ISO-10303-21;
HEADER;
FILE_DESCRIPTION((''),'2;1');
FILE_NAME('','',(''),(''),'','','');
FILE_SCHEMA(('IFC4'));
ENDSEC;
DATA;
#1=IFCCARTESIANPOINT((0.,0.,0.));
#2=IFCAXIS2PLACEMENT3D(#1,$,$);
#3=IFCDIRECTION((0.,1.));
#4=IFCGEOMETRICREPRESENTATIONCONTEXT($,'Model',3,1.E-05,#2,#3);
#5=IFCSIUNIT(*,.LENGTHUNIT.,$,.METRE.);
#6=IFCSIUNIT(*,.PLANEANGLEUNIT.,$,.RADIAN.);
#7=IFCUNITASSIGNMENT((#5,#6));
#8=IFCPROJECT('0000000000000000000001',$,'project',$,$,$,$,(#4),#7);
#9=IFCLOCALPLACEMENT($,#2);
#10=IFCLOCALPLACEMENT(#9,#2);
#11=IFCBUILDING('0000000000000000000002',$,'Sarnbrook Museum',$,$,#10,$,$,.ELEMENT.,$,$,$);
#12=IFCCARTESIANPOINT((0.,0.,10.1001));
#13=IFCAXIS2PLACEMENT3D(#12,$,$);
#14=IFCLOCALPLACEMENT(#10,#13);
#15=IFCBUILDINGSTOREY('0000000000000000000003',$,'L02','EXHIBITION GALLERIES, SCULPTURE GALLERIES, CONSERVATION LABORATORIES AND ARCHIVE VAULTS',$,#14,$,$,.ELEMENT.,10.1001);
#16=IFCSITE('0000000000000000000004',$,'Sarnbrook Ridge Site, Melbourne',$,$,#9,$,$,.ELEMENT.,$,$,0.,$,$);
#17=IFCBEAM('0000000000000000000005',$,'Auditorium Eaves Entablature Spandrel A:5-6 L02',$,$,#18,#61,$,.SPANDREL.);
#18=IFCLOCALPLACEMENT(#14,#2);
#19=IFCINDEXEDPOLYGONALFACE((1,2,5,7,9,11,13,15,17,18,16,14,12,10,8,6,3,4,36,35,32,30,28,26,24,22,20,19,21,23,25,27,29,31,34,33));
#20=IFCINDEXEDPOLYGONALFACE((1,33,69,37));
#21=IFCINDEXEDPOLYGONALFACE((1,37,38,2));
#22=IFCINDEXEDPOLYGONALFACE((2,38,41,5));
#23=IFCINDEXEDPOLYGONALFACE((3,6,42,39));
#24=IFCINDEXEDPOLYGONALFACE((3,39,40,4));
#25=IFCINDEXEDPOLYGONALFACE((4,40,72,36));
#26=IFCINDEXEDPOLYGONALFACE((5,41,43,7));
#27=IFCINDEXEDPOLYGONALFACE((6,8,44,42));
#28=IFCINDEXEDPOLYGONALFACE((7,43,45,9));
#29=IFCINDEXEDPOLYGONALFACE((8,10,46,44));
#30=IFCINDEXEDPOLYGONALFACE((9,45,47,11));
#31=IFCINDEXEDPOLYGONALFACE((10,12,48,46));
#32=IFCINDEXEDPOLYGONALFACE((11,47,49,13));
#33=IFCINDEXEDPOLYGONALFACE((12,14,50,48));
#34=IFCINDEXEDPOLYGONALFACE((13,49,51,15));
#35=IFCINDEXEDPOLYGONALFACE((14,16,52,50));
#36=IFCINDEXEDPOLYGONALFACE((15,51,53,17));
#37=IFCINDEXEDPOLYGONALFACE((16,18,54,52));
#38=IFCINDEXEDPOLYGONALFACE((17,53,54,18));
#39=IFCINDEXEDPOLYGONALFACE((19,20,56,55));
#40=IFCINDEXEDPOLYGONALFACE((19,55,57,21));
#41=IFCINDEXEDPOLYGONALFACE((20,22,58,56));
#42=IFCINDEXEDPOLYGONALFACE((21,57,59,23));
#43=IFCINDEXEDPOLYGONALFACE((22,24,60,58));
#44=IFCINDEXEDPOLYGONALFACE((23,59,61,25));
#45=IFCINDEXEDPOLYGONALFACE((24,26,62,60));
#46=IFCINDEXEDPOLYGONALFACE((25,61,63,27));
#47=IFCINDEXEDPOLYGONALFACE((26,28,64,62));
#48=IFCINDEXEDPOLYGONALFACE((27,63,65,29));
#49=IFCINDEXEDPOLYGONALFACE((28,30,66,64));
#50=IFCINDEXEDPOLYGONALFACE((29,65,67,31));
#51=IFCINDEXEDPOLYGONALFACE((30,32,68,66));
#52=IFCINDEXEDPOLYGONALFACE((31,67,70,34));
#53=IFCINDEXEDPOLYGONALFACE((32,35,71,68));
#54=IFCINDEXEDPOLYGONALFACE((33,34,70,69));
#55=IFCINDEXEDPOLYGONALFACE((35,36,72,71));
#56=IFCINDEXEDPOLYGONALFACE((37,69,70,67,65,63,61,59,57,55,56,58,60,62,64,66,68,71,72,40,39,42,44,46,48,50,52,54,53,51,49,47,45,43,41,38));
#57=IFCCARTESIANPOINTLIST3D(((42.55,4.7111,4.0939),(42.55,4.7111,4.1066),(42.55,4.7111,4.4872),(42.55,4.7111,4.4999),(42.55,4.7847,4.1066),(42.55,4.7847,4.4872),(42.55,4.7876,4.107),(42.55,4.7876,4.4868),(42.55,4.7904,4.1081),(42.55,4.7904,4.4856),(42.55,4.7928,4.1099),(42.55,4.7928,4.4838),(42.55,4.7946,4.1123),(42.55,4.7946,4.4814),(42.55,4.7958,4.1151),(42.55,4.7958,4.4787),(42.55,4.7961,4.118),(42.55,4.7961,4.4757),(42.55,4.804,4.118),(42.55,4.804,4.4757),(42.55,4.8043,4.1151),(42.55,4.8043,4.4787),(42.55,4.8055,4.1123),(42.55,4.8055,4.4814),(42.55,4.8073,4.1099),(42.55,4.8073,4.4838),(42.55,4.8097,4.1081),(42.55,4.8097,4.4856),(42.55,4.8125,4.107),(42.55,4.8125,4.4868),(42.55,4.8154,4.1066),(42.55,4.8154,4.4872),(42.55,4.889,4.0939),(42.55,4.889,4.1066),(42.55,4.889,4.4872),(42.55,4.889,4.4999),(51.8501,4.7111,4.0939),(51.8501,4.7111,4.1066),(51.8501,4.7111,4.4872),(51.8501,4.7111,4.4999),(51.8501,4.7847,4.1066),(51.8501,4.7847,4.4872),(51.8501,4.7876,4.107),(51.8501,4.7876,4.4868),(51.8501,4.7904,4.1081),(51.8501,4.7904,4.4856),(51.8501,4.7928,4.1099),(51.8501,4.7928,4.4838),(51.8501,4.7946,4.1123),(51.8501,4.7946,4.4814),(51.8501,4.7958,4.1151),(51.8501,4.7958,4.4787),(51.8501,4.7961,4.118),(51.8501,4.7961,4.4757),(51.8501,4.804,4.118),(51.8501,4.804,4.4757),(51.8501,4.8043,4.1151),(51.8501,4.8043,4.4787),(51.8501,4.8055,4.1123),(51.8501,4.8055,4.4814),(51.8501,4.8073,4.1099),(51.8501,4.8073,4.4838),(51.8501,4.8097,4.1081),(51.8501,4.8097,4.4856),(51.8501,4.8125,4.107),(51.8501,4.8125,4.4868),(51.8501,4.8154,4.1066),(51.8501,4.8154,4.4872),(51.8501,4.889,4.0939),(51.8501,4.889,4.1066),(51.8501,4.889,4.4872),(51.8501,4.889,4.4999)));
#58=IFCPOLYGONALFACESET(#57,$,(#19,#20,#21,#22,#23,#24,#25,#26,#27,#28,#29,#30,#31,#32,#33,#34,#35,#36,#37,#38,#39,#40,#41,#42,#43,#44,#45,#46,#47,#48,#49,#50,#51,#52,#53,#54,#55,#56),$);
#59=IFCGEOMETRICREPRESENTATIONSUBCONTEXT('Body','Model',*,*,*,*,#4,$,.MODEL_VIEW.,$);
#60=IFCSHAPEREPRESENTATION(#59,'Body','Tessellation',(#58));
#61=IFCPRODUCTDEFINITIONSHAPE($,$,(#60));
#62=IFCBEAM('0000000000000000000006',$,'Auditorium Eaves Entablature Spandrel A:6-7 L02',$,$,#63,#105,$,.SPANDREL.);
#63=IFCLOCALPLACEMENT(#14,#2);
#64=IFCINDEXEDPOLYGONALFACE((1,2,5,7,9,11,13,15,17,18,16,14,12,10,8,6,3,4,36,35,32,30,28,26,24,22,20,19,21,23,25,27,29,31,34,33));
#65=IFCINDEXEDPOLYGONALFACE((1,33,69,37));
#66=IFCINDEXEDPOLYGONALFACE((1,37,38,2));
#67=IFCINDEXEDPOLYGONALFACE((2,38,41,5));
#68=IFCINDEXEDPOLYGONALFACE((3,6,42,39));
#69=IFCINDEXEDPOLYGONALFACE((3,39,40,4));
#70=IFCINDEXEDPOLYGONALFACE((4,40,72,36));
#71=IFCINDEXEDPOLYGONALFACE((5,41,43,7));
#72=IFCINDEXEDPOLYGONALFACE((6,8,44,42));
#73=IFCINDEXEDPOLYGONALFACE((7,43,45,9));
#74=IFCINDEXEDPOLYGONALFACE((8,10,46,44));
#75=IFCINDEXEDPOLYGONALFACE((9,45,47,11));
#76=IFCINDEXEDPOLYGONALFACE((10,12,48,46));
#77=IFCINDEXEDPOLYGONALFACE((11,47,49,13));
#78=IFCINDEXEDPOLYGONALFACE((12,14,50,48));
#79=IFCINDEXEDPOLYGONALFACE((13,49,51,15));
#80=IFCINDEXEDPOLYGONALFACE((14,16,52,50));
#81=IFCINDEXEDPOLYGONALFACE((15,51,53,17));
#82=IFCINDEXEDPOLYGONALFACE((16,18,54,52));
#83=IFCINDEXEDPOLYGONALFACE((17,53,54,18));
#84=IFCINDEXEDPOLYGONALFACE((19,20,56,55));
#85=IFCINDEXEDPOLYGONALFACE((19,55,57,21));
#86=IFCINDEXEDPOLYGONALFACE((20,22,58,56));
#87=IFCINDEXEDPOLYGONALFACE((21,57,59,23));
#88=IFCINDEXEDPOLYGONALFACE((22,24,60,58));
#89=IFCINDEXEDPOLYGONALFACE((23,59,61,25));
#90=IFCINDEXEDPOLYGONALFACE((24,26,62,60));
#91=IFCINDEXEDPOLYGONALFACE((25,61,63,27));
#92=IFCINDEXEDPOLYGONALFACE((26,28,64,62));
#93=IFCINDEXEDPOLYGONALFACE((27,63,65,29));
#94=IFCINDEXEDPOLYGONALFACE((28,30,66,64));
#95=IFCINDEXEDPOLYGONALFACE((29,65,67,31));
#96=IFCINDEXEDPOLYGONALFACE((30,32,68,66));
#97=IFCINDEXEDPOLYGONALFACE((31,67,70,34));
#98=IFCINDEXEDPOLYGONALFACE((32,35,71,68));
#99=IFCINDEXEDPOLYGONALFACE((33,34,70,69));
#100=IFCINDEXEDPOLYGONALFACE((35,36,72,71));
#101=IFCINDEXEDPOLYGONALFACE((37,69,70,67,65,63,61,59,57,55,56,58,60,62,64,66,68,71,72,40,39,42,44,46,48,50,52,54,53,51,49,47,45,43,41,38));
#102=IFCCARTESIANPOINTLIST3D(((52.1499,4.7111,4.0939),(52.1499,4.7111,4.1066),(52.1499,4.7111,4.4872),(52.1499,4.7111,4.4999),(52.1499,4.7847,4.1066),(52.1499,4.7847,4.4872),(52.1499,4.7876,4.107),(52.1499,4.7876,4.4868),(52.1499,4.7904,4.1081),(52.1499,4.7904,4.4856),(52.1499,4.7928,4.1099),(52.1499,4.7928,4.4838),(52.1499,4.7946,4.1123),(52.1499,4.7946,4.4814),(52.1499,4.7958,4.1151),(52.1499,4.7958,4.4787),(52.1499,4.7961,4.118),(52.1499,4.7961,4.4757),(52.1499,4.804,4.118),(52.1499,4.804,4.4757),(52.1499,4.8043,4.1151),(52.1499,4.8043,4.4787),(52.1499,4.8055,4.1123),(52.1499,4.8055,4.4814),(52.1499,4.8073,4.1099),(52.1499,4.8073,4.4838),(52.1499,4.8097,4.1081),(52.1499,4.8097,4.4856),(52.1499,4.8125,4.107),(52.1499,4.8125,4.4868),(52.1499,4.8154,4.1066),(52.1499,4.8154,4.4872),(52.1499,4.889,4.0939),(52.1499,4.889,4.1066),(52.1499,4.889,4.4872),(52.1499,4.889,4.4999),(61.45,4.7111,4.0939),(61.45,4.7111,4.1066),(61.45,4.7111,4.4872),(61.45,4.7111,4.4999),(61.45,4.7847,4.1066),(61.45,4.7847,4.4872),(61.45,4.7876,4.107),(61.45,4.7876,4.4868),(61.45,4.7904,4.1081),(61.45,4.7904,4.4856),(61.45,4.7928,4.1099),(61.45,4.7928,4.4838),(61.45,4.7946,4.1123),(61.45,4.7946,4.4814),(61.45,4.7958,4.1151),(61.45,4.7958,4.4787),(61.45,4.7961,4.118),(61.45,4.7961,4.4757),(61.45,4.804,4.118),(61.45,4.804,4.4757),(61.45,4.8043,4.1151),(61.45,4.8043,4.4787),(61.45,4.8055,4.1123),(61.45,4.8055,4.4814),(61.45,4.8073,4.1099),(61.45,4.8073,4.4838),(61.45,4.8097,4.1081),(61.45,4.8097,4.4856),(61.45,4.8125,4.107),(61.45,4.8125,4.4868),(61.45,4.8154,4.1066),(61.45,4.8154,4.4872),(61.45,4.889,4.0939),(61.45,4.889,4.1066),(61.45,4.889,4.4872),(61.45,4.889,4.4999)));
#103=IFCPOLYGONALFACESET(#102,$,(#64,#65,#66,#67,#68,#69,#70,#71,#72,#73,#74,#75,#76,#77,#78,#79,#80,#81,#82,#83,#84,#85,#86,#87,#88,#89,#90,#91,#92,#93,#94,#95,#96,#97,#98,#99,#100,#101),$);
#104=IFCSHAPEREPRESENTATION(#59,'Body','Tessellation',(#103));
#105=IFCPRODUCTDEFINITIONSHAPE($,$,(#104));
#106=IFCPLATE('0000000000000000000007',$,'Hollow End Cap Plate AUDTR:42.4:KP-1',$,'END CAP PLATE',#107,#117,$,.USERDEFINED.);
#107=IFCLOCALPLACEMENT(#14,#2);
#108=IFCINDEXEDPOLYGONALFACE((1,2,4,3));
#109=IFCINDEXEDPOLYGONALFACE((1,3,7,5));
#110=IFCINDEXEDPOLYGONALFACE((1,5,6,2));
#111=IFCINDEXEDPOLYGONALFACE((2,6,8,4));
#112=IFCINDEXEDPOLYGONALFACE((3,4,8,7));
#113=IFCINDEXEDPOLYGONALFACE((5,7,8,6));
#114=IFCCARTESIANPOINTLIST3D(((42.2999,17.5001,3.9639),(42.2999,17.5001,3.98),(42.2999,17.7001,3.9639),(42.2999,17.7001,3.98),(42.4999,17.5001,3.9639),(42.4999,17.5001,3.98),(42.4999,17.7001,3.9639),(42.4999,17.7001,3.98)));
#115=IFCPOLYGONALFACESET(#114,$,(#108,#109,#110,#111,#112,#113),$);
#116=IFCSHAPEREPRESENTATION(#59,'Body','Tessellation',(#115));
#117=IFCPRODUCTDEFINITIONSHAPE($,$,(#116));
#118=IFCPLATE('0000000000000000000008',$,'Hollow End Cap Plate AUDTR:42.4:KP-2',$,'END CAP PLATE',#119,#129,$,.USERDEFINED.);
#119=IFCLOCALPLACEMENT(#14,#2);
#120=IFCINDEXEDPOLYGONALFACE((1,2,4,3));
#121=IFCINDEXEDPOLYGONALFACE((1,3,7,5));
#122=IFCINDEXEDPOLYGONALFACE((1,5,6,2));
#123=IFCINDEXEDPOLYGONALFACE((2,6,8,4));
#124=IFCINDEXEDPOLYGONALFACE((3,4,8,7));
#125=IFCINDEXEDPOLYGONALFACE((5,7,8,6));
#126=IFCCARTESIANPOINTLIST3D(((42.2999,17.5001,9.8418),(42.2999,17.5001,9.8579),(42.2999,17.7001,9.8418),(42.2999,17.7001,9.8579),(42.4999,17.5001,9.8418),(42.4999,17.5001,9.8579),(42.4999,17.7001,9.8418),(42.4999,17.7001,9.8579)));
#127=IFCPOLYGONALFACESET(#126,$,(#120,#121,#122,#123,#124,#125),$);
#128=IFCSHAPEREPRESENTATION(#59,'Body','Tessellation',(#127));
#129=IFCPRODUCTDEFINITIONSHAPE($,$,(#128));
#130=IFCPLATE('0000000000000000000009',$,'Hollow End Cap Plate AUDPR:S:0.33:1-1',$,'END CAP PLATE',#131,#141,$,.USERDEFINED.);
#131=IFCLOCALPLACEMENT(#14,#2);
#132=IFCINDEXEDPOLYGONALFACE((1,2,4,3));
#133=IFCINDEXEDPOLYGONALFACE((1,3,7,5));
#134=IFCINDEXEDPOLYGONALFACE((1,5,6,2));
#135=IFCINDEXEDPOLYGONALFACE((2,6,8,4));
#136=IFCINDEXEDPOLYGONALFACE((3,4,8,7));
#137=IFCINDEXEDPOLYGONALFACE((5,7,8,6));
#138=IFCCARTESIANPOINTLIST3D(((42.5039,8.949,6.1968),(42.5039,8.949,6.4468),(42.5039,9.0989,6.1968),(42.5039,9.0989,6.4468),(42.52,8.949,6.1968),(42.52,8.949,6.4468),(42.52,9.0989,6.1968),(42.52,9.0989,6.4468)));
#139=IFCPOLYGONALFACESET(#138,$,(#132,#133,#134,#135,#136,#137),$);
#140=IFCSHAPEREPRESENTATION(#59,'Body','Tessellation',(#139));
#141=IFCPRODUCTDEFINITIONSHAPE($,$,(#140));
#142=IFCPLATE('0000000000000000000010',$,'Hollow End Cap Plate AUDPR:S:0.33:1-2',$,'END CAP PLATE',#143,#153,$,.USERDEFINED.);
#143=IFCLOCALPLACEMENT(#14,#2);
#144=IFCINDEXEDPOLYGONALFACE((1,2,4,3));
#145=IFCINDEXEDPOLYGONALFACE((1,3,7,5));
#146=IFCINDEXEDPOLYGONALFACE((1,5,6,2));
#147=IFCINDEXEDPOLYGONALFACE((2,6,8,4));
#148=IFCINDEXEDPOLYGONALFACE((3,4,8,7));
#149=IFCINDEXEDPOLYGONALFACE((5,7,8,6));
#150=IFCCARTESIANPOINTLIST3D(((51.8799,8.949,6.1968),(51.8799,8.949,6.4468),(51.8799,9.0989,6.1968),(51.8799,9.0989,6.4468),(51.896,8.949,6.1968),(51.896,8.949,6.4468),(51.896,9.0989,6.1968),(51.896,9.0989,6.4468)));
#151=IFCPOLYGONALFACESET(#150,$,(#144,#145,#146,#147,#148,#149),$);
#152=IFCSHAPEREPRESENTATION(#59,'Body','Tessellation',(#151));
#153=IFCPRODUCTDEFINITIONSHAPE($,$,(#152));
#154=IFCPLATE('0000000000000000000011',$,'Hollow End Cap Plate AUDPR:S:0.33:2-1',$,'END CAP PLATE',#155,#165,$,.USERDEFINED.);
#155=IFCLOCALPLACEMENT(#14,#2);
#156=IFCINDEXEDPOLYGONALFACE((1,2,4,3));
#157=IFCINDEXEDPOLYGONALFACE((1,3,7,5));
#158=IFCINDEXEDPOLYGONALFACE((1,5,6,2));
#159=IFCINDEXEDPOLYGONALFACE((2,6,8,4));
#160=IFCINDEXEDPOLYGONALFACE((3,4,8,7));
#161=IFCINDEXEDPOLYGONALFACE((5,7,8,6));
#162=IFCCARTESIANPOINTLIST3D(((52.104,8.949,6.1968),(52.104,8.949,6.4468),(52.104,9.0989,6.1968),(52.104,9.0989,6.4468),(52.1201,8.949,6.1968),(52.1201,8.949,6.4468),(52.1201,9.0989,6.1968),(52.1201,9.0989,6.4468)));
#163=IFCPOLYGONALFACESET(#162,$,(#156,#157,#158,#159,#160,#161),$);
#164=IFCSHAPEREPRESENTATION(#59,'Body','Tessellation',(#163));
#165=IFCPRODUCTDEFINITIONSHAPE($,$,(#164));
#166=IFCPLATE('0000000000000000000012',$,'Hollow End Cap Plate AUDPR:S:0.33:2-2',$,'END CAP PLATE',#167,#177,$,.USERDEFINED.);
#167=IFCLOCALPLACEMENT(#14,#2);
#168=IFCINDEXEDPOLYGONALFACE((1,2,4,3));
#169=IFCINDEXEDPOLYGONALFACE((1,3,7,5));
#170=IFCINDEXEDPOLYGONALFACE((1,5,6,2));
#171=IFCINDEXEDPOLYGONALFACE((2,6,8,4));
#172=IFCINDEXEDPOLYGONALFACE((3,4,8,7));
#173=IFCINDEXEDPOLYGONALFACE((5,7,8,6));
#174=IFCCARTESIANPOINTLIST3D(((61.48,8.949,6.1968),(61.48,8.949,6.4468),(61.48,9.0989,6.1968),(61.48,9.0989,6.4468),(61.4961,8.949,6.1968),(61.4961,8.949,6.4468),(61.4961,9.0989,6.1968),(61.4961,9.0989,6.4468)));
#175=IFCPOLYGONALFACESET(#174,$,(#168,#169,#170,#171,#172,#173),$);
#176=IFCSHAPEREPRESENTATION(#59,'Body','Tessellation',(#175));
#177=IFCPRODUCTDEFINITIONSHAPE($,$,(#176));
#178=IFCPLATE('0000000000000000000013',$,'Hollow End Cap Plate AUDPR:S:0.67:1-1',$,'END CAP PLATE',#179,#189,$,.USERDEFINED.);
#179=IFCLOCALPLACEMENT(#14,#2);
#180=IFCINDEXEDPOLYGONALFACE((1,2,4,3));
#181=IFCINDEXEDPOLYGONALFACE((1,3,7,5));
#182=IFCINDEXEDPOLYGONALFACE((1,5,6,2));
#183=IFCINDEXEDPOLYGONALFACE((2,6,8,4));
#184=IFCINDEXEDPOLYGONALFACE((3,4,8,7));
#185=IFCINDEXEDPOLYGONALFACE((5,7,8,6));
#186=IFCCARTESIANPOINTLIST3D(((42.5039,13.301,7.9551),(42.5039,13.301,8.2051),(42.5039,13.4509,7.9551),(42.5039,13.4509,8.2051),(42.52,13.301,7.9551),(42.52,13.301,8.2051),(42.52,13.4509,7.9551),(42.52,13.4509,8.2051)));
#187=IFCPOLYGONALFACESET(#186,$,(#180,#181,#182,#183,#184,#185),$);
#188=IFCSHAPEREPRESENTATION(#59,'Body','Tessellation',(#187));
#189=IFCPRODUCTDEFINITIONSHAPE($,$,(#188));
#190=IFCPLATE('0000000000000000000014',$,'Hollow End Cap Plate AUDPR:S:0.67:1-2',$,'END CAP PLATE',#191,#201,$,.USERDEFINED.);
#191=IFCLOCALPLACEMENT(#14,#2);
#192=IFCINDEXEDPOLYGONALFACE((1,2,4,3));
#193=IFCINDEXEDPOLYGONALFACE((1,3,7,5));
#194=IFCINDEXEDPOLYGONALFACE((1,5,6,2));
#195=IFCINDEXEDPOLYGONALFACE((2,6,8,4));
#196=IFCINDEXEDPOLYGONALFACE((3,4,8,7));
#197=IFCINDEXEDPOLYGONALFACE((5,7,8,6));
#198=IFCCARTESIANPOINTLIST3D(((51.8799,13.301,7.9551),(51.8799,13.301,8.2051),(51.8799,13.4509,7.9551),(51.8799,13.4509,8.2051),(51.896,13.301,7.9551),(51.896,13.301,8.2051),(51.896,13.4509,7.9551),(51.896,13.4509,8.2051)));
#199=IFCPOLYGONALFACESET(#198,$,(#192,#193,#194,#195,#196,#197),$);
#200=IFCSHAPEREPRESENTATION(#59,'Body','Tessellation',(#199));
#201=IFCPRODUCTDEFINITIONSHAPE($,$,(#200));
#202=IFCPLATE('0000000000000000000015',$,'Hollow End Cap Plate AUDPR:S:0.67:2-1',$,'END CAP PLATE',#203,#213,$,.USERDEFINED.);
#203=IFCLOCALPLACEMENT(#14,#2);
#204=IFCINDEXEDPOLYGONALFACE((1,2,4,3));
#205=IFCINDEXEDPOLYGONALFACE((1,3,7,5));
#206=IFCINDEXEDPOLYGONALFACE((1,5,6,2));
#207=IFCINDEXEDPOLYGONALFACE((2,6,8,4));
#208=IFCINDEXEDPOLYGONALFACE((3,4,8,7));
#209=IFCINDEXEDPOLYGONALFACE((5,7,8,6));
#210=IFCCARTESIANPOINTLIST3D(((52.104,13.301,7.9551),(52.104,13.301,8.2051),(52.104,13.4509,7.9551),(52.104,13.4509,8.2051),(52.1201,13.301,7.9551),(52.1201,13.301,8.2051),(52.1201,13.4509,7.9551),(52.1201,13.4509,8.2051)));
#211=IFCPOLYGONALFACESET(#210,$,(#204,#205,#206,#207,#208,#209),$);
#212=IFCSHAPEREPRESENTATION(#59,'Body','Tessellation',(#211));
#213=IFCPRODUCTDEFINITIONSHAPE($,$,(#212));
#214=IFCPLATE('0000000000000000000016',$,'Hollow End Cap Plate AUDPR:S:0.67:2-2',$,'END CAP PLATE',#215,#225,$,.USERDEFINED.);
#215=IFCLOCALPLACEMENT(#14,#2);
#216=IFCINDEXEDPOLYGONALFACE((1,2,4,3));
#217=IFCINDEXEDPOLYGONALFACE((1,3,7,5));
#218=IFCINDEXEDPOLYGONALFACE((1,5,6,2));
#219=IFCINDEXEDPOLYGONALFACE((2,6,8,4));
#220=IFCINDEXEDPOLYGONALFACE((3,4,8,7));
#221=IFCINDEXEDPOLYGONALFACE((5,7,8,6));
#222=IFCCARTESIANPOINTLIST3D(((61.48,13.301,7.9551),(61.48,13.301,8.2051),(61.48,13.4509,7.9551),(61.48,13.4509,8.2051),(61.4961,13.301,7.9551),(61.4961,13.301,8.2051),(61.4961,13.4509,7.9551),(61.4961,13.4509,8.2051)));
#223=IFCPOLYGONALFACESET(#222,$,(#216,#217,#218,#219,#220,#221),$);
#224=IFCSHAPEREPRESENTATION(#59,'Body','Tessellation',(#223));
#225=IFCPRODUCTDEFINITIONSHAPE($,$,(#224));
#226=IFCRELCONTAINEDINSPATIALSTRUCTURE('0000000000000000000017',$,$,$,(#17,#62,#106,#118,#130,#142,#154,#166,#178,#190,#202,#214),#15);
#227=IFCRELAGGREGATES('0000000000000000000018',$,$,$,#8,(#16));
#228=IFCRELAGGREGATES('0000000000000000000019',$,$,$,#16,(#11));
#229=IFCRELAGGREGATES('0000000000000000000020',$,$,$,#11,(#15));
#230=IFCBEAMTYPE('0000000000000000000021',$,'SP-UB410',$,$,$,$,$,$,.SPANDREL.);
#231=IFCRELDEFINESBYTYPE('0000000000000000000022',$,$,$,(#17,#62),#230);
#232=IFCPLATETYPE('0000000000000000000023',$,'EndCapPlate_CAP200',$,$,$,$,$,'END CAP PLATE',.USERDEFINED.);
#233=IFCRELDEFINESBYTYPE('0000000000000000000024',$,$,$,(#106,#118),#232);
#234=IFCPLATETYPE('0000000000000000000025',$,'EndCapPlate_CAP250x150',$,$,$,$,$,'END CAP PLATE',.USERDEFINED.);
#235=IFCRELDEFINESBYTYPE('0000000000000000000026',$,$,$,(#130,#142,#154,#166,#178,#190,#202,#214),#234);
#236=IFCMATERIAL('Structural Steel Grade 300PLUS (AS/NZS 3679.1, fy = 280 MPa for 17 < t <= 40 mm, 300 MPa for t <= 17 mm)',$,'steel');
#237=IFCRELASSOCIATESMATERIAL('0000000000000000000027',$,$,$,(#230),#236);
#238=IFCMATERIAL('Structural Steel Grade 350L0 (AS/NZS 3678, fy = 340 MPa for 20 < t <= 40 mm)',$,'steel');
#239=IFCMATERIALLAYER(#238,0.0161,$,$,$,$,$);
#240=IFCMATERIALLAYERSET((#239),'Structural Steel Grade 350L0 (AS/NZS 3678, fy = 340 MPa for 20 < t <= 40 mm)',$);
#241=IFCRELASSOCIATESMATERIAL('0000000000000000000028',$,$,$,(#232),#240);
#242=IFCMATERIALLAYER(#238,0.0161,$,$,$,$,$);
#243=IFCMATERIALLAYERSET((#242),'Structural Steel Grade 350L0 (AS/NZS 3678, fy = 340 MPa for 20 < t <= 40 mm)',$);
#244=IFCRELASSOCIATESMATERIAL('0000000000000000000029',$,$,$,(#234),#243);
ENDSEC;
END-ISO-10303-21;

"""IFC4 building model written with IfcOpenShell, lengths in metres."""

from ifc_helpers import new_model, si_unit, direction, frame, origin, origin_2d, place, context, subcontext, project, spatial, rectangle, i_section, extrude, material, layer, layer_set, material_profile, profile_set, type_object, element, save


model = new_model("IFC4")

# Units and contexts
model_context = context("Model", 3, precision=1e-05, world=origin(), true_north=direction((0.0, 1.0)))
body_context = subcontext(model_context, "Body", "Model", "MODEL_VIEW")
ifc_project = project(units=[si_unit("LENGTHUNIT", "METRE"), si_unit("PLANEANGLEUNIT", "RADIAN")], contexts=[model_context])

# Site, building, storey
site_placement = place(None, origin())
site = spatial("IfcSite", under=ifc_project, at=site_placement, Name="Sarnbrook Ridge Site, Melbourne", CompositionType="ELEMENT", RefElevation=0.0)
building_placement = place(site_placement, origin())
building = spatial("IfcBuilding", under=site, at=building_placement, Name="Sarnbrook Museum", CompositionType="ELEMENT")
storey_placement = place(building_placement, frame((0.0, 0.0, 10.1001)))
storey = spatial("IfcBuildingStorey", under=building, at=storey_placement, Name="L02", Description="EXHIBITION GALLERIES, SCULPTURE GALLERIES, CONSERVATION LABORATORIES AND ARCHIVE VAULTS", CompositionType="ELEMENT", Elevation=10.1001)

# Shared definitions
ifc_material_1 = material(Name="Structural Steel Grade 300PLUS (AS/NZS 3679.1, fy = 280 MPa for 17 < t <= 40 mm, 300 MPa for t <= 17 mm)", Category="steel")

# Shared definitions
ifc_material_2 = material(Name="Structural Steel Grade 350L0 (AS/NZS 3678, fy = 340 MPa for 20 < t <= 40 mm)", Category="steel")

# Beams
ifc_material_profile_1 = material_profile(ifc_material_1, i_section(OverallWidth=0.178, OverallDepth=0.406, WebThickness=0.0078, FlangeThickness=0.0127, FilletRadius=0.0115, at=origin_2d()), Name="410UB59.7")
ifc_profile_set_1 = profile_set([ifc_material_profile_1], Name="Structural Steel Grade 300PLUS (AS/NZS 3679.1, fy = 280 MPa for 17 < t <= 40 mm, 300 MPa for t <= 17 mm)")
beam_type_1 = type_object("IfcBeamType", Name="SP-UB410", PredefinedType="SPANDREL", material=ifc_profile_set_1)
for number, where, z_axis, x_axis, name in (
    (1, (42.55, 4.8, 4.2969), (1.0, 0.0, 0.0), (0.0, 1.0, 0.0), "Auditorium Eaves Entablature Spandrel A:5-6 L02"),
    (2, (52.1499, 4.8, 4.2969), (1.0, 0.0, 0.0), (0.0, 1.0, 0.0), "Auditorium Eaves Entablature Spandrel A:6-7 L02"),
):
    element("IfcBeam", number, at=place(storey_placement, frame(where, z_axis=z_axis, x_axis=x_axis)), inside=storey, type_object=beam_type_1, Name=name, PredefinedType="SPANDREL", context=body_context, shape_type="SweptSolid", body=[
        extrude(i_section(OverallWidth=0.178, OverallDepth=0.406, WebThickness=0.0078, FlangeThickness=0.0127, FilletRadius=0.0115, at=origin_2d()), origin(), (0.0, 0.0, 1.0), 9.3),
    ])

# Plates
ifc_layer_1 = layer(ifc_material_2, 0.0161)
ifc_layer_set_1 = layer_set([ifc_layer_1], Name="Structural Steel Grade 350L0 (AS/NZS 3678, fy = 340 MPa for 20 < t <= 40 mm)")
plate_type_1 = type_object("IfcPlateType", Name="EndCapPlate_CAP200", ElementType="END CAP PLATE", PredefinedType="USERDEFINED", material=ifc_layer_set_1)
for number, where, z_axis, x_axis, name in (
    (3, (42.3999, 17.6001, 3.9639), (0.0, 0.0, 1.0), (1.0, 0.0, 0.0), "Hollow End Cap Plate AUDTR:42.4:KP-1"),
    (4, (42.3999, 17.6001, 9.8418), (0.0, 0.0, 1.0), (1.0, 0.0, 0.0), "Hollow End Cap Plate AUDTR:42.4:KP-2"),
):
    element("IfcPlate", number, at=place(storey_placement, frame(where, z_axis=z_axis, x_axis=x_axis)), inside=storey, type_object=plate_type_1, Name=name, ObjectType="END CAP PLATE", PredefinedType="USERDEFINED", context=body_context, shape_type="SweptSolid", body=[
        extrude(rectangle(XDim=0.2, YDim=0.2, at=origin_2d()), origin(), (0.0, 0.0, 1.0), 0.0161),
    ])
ifc_layer_2 = layer(ifc_material_2, 0.0161)
ifc_layer_set_2 = layer_set([ifc_layer_2], Name="Structural Steel Grade 350L0 (AS/NZS 3678, fy = 340 MPa for 20 < t <= 40 mm)")
plate_type_2 = type_object("IfcPlateType", Name="EndCapPlate_CAP250x150", ElementType="END CAP PLATE", PredefinedType="USERDEFINED", material=ifc_layer_set_2)
for number, where, z_axis, x_axis, name in (
    (5, (42.5039, 9.0239, 6.3218), (1.0, 0.0, 0.0), (0.0, 1.0, 0.0), "Hollow End Cap Plate AUDPR:S:0.33:1-1"),
    (6, (51.8799, 9.0239, 6.3218), (1.0, 0.0, 0.0), (0.0, 1.0, 0.0), "Hollow End Cap Plate AUDPR:S:0.33:1-2"),
    (7, (52.104, 9.0239, 6.3218), (1.0, 0.0, 0.0), (0.0, 1.0, 0.0), "Hollow End Cap Plate AUDPR:S:0.33:2-1"),
    (8, (61.48, 9.0239, 6.3218), (1.0, 0.0, 0.0), (0.0, 1.0, 0.0), "Hollow End Cap Plate AUDPR:S:0.33:2-2"),
    (9, (42.5039, 13.376, 8.0801), (1.0, 0.0, 0.0), (0.0, 1.0, 0.0), "Hollow End Cap Plate AUDPR:S:0.67:1-1"),
    (10, (51.8799, 13.376, 8.0801), (1.0, 0.0, 0.0), (0.0, 1.0, 0.0), "Hollow End Cap Plate AUDPR:S:0.67:1-2"),
    (11, (52.104, 13.376, 8.0801), (1.0, 0.0, 0.0), (0.0, 1.0, 0.0), "Hollow End Cap Plate AUDPR:S:0.67:2-1"),
    (12, (61.48, 13.376, 8.0801), (1.0, 0.0, 0.0), (0.0, 1.0, 0.0), "Hollow End Cap Plate AUDPR:S:0.67:2-2"),
):
    element("IfcPlate", number, at=place(storey_placement, frame(where, z_axis=z_axis, x_axis=x_axis)), inside=storey, type_object=plate_type_2, Name=name, ObjectType="END CAP PLATE", PredefinedType="USERDEFINED", context=body_context, shape_type="SweptSolid", body=[
        extrude(rectangle(XDim=0.1499, YDim=0.25, at=origin_2d()), origin(), (0.0, 0.0, 1.0), 0.0161),
    ])

save(model, "model.ifc")
